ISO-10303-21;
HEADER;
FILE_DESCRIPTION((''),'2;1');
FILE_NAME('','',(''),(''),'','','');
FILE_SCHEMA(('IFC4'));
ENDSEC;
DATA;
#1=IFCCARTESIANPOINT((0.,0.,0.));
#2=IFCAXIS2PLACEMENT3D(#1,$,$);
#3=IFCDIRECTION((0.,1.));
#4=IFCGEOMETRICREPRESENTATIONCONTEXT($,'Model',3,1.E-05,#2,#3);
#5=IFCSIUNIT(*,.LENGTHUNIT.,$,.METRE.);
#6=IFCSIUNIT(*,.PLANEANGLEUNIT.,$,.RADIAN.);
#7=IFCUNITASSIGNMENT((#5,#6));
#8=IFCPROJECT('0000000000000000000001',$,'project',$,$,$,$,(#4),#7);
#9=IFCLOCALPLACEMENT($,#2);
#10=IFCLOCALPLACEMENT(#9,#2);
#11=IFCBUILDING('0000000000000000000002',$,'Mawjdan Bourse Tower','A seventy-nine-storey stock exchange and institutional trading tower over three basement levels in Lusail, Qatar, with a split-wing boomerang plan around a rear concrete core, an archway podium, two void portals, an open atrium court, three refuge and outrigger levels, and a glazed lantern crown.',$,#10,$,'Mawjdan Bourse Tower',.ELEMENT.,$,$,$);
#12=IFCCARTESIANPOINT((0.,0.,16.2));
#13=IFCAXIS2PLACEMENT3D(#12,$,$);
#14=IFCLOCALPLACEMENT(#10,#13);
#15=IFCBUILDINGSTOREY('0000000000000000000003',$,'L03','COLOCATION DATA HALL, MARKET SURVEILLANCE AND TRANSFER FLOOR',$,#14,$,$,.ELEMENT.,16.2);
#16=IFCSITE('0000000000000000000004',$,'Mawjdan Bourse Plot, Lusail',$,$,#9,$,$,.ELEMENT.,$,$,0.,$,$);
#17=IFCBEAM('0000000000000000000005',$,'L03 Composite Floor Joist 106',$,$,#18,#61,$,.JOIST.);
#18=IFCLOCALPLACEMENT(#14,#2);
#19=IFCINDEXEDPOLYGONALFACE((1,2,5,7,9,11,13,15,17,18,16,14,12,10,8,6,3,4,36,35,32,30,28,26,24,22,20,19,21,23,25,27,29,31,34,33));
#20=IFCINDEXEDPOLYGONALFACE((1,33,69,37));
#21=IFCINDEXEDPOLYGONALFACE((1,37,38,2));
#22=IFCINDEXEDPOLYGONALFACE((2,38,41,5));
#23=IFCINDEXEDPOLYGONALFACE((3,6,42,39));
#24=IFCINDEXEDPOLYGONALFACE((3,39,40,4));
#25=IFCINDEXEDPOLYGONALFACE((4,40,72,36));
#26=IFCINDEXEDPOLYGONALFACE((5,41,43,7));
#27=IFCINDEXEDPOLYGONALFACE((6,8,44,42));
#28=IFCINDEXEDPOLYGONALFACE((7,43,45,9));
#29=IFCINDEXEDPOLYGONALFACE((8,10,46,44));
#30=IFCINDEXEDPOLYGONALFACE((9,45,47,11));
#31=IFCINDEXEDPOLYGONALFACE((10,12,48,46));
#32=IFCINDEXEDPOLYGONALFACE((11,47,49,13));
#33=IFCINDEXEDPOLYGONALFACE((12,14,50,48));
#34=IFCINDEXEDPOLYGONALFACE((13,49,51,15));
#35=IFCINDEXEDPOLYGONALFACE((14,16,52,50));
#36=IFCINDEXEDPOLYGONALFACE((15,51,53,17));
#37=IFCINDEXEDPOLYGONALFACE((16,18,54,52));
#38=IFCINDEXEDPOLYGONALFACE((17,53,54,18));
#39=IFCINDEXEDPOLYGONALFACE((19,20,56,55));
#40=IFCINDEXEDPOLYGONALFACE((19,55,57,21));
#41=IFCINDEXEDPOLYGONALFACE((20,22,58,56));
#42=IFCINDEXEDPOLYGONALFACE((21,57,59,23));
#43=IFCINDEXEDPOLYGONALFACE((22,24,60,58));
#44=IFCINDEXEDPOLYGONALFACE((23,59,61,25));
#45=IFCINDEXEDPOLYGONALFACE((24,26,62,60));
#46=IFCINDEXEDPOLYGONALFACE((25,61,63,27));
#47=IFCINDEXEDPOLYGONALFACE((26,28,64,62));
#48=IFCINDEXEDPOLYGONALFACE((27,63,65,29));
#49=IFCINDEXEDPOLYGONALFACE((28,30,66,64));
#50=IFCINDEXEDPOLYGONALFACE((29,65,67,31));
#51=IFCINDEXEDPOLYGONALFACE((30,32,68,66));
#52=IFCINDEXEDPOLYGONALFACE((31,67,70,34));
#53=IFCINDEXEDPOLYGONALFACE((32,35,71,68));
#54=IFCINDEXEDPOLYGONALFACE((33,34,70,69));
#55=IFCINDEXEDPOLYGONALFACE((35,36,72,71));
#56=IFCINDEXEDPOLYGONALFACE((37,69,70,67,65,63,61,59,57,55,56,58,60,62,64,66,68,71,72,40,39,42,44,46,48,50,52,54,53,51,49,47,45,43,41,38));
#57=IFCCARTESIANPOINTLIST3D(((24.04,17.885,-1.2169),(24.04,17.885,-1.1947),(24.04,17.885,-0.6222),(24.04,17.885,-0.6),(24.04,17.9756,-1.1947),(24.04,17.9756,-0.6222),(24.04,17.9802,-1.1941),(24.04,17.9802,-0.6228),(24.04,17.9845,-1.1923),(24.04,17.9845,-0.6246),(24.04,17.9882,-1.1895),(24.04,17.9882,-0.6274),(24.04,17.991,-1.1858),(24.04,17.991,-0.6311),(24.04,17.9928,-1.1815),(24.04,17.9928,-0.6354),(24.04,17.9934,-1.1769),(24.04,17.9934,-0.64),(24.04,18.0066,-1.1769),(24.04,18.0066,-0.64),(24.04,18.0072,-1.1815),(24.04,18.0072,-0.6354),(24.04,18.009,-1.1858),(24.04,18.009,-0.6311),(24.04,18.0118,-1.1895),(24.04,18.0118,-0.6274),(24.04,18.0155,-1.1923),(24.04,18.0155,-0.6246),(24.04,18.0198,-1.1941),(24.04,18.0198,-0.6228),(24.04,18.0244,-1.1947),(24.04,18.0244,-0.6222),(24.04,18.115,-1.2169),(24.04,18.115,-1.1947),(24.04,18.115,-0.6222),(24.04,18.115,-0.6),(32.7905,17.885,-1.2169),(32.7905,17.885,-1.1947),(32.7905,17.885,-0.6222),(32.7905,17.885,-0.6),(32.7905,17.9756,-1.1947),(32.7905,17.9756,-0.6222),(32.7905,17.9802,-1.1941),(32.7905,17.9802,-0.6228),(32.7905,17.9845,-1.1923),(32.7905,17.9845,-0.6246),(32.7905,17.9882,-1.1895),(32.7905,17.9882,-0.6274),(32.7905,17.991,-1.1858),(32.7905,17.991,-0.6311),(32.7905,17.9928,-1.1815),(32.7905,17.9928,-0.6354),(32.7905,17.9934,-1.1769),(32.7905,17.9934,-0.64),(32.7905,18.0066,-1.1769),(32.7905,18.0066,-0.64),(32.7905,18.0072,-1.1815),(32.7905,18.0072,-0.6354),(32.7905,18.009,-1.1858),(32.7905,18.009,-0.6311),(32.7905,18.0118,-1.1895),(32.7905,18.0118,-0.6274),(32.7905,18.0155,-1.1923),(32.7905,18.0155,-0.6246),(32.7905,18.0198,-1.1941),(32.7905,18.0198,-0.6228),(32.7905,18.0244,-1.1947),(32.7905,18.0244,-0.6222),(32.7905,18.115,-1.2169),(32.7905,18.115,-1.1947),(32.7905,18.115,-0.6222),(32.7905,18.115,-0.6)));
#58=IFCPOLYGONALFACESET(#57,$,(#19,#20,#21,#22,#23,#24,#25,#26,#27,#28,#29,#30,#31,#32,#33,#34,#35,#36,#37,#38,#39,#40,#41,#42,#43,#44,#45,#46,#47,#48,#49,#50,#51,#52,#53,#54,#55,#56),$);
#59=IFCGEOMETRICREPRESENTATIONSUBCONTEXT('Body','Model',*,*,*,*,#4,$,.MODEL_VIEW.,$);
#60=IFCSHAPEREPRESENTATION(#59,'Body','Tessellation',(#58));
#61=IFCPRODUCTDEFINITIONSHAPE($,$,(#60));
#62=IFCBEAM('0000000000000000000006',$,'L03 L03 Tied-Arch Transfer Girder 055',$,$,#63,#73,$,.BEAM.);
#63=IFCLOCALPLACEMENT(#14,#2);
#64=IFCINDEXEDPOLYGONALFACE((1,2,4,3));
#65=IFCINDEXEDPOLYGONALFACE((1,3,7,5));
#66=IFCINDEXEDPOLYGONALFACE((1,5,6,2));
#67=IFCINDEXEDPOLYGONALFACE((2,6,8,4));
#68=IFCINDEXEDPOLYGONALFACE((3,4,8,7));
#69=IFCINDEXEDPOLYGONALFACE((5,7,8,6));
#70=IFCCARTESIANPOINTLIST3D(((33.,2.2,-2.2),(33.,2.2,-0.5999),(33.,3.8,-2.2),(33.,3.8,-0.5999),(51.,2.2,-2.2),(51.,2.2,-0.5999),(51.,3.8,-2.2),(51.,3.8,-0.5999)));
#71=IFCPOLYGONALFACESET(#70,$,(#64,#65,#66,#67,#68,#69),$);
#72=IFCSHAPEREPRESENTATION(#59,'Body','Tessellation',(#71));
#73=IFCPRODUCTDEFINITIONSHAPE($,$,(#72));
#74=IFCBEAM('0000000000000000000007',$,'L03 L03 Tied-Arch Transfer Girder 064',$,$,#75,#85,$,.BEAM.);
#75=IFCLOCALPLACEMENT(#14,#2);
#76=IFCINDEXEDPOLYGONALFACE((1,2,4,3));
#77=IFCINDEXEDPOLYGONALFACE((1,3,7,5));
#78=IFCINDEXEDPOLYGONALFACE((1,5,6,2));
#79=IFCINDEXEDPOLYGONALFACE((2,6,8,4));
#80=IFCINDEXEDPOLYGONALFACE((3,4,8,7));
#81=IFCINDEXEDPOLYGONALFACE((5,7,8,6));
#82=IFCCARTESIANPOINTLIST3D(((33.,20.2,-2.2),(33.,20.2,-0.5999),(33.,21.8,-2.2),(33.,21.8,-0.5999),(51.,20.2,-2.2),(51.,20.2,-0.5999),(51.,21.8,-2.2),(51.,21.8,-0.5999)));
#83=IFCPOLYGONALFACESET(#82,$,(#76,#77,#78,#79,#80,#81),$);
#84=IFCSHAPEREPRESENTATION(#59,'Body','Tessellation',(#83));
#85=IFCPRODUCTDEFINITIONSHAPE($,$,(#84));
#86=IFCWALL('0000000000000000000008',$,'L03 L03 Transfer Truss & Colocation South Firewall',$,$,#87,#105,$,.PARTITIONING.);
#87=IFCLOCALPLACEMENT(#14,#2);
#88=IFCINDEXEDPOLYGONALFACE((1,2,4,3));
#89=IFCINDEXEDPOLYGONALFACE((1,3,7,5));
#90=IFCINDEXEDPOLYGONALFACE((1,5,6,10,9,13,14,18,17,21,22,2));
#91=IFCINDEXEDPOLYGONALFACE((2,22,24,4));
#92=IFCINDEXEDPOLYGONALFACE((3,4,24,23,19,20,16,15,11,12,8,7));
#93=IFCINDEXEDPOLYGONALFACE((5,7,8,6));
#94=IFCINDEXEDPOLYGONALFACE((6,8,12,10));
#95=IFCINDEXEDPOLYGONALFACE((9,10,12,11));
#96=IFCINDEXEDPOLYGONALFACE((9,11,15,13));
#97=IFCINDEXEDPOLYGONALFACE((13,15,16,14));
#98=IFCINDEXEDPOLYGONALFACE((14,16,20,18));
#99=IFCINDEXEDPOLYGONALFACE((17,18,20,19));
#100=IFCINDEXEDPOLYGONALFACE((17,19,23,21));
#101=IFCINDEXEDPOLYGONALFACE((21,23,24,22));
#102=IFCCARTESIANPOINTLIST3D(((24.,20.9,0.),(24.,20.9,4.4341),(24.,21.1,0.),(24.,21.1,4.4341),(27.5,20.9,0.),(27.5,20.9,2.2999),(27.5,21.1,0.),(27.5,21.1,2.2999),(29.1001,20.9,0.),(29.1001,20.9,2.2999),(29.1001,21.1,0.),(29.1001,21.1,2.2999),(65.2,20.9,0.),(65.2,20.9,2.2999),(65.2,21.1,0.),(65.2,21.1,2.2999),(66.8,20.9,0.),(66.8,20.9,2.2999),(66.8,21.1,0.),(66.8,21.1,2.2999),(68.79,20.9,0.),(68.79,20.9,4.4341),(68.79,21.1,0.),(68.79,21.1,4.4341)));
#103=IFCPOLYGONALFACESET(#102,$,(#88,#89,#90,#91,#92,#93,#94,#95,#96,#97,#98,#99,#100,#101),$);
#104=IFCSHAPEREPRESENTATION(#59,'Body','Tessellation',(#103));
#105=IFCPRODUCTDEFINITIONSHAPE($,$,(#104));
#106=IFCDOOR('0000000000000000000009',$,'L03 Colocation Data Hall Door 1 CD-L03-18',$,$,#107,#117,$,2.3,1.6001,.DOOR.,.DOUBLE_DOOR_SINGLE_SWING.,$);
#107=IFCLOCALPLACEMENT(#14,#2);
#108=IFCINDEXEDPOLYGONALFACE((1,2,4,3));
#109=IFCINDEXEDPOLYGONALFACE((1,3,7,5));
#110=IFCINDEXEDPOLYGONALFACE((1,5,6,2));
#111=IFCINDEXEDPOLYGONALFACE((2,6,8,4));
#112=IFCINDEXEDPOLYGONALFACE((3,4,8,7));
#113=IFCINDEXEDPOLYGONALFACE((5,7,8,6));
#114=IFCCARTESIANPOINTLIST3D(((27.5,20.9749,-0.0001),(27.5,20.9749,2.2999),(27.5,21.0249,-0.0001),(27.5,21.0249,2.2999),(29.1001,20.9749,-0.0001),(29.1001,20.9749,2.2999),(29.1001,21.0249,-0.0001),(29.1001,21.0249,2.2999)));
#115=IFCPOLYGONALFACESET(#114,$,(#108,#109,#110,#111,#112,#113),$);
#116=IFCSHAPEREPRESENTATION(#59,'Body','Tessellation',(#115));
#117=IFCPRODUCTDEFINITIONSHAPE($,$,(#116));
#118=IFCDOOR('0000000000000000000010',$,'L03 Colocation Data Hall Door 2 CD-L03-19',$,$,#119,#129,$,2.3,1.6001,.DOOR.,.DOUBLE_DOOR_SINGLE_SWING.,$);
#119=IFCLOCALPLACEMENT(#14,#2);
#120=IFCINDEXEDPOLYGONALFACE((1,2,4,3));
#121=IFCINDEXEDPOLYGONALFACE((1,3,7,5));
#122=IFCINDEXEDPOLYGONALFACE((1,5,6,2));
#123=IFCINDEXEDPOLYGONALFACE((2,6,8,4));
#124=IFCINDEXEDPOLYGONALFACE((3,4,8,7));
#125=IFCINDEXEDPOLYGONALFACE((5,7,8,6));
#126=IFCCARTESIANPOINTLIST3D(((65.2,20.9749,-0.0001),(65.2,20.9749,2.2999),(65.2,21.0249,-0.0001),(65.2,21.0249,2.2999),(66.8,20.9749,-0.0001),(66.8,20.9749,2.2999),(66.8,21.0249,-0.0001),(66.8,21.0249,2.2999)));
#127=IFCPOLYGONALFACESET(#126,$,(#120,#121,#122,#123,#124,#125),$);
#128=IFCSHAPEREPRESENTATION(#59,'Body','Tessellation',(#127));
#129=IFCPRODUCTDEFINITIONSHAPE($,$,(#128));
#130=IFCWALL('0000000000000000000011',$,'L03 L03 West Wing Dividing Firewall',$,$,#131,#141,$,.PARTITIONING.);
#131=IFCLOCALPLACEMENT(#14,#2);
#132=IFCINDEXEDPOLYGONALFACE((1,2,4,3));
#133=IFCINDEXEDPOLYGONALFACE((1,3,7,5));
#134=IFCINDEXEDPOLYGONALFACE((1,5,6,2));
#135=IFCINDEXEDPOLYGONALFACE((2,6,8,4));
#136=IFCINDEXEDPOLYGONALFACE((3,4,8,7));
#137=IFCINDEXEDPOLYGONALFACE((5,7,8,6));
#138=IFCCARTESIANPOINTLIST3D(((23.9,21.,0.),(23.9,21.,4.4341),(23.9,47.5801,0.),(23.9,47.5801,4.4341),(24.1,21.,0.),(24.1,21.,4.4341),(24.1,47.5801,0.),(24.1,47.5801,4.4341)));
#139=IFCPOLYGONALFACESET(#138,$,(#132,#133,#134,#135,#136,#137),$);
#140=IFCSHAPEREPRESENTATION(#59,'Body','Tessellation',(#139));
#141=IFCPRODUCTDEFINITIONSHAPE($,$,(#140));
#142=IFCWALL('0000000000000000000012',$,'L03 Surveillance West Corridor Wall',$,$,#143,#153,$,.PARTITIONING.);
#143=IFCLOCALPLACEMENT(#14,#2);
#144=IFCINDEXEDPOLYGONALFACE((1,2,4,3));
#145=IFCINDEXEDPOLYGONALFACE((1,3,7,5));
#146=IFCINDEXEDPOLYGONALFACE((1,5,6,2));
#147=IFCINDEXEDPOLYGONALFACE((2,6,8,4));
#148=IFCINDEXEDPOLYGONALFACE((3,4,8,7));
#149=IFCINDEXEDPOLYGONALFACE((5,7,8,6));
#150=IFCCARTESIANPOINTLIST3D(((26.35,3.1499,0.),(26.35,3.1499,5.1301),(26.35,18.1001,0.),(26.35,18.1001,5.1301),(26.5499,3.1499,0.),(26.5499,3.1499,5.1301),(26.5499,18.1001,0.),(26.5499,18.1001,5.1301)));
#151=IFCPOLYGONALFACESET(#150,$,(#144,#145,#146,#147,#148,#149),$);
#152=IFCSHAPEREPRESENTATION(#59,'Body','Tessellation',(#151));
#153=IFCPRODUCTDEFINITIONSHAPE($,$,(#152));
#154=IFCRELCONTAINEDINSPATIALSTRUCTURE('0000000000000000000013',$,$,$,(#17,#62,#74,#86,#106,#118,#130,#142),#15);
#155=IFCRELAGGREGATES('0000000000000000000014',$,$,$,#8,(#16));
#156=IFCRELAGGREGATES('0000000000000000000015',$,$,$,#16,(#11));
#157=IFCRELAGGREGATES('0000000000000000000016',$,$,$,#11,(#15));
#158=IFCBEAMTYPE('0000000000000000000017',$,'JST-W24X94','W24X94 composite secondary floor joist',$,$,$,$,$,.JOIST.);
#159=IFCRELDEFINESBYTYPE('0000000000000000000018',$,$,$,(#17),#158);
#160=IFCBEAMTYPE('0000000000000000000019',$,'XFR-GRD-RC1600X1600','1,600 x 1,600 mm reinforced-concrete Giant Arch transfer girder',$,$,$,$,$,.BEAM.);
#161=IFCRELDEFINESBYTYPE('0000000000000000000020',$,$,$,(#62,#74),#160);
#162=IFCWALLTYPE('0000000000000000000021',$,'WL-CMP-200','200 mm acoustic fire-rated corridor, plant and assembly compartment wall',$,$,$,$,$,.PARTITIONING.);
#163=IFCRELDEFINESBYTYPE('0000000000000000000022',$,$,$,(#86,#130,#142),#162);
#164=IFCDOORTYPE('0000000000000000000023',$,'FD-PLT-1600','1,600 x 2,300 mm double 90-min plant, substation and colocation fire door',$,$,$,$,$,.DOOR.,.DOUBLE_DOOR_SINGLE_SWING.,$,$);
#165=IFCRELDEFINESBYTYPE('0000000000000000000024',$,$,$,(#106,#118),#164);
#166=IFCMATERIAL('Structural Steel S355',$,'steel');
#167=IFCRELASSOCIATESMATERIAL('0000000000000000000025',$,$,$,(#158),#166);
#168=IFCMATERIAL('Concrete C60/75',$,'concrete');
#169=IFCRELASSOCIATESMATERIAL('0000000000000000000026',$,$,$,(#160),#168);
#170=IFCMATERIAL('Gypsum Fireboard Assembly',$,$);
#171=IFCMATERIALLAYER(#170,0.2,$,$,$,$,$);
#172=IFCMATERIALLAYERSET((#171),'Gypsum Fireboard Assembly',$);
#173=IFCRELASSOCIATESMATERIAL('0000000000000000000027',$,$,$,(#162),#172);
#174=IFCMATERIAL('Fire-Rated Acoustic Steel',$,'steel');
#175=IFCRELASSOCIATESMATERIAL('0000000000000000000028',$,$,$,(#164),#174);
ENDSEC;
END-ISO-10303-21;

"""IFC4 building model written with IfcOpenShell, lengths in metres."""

from ifc_helpers import new_model, si_unit, direction, frame, frame_2d, origin, origin_2d, place, context, subcontext, project, spatial, rectangle, i_section, extrude, material, layer, layer_set, material_profile, profile_set, type_object, element, fill, save


model = new_model("IFC4")

# Units and contexts
model_context = context("Model", 3, precision=1e-05, world=origin(), true_north=direction((0.0, 1.0)))
body_context = subcontext(model_context, "Body", "Model", "MODEL_VIEW")
ifc_project = project(units=[si_unit("LENGTHUNIT", "METRE"), si_unit("PLANEANGLEUNIT", "RADIAN")], contexts=[model_context])

# Site, building, storey
site_placement = place(None, origin())
site = spatial("IfcSite", under=ifc_project, at=site_placement, Name="Mawjdan Bourse Plot, Lusail", CompositionType="ELEMENT", RefElevation=0.0)
building_placement = place(site_placement, origin())
building = spatial("IfcBuilding", under=site, at=building_placement, Name="Mawjdan Bourse Tower", Description="A seventy-nine-storey stock exchange and institutional trading tower over three basement levels in Lusail, Qatar, with a split-wing boomerang plan around a rear concrete core, an archway podium, two void portals, an open atrium court, three refuge and outrigger levels, and a glazed lantern crown.", LongName="Mawjdan Bourse Tower", CompositionType="ELEMENT")
storey_placement = place(building_placement, frame((0.0, 0.0, 16.2)))
storey = spatial("IfcBuildingStorey", under=building, at=storey_placement, Name="L03", Description="COLOCATION DATA HALL, MARKET SURVEILLANCE AND TRANSFER FLOOR", CompositionType="ELEMENT", Elevation=16.2)

# Beams
ifc_material_1 = material(Name="Structural Steel S355", Category="steel")
ifc_material_profile_1 = material_profile(ifc_material_1, i_section(OverallWidth=0.23, OverallDepth=0.6169, WebThickness=0.0132, FlangeThickness=0.0222, FilletRadius=0.0178, at=origin_2d()), Name="W24X94")
ifc_profile_set_1 = profile_set([ifc_material_profile_1], Name="Structural Steel S355")
beam_type_1 = type_object("IfcBeamType", Name="JST-W24X94", Description="W24X94 composite secondary floor joist", PredefinedType="JOIST", material=ifc_profile_set_1)
for number, where, z_axis, x_axis, name in (
    (1, (24.04, 18.0, -0.9084), (1.0, 0.0, 0.0), (0.0, 1.0, 0.0), "L03 Composite Floor Joist 106"),
):
    element("IfcBeam", number, at=place(storey_placement, frame(where, z_axis=z_axis, x_axis=x_axis)), inside=storey, type_object=beam_type_1, Name=name, PredefinedType="JOIST", context=body_context, shape_type="SweptSolid", body=[
        extrude(i_section(OverallWidth=0.23, OverallDepth=0.6169, WebThickness=0.0132, FlangeThickness=0.0222, FilletRadius=0.0178, at=origin_2d()), origin(), (0.0, 0.0, 1.0), 8.7505),
    ])
ifc_material_2 = material(Name="Concrete C60/75", Category="concrete")
ifc_material_profile_2 = material_profile(ifc_material_2, rectangle(XDim=1.6001, YDim=1.6001, at=origin_2d()), Name="RC1600X1600")
ifc_profile_set_2 = profile_set([ifc_material_profile_2], Name="Concrete C60/75")
beam_type_2 = type_object("IfcBeamType", Name="XFR-GRD-RC1600X1600", Description="1,600 x 1,600 mm reinforced-concrete Giant Arch transfer girder", PredefinedType="BEAM", material=ifc_profile_set_2)
for number, where, z_axis, x_axis, name in (
    (2, (33.0, 3.0, -1.3999), (1.0, 0.0, 0.0), (0.0, 1.0, 0.0), "L03 L03 Tied-Arch Transfer Girder 055"),
    (3, (33.0, 21.0, -1.3999), (1.0, 0.0, 0.0), (0.0, 1.0, 0.0), "L03 L03 Tied-Arch Transfer Girder 064"),
):
    element("IfcBeam", number, at=place(storey_placement, frame(where, z_axis=z_axis, x_axis=x_axis)), inside=storey, type_object=beam_type_2, Name=name, PredefinedType="BEAM", context=body_context, shape_type="SweptSolid", body=[
        extrude(rectangle(XDim=1.6001, YDim=1.6001, at=origin_2d()), origin(), (0.0, 0.0, 1.0), 18.0),
    ])

# Wall, openings, doors
ifc_material_3 = material(Name="Gypsum Fireboard Assembly")
ifc_layer = layer(ifc_material_3, 0.2)
ifc_layer_set = layer_set([ifc_layer], Name="Gypsum Fireboard Assembly")
wall_type = type_object("IfcWallType", Name="WL-CMP-200", Description="200 mm acoustic fire-rated corridor, plant and assembly compartment wall", PredefinedType="PARTITIONING", material=ifc_layer_set)
wall_1_placement = place(storey_placement, frame((24.0, 21.0, 0.0), z_axis=(0.0, 0.0, 1.0), x_axis=(1.0, 0.0, 0.0)))
wall_1 = element("IfcWall", 4, at=wall_1_placement, inside=storey, type_object=wall_type, Name="L03 L03 Transfer Truss & Colocation South Firewall", PredefinedType="PARTITIONING", context=body_context, shape_type="SweptSolid", body=[
    extrude(rectangle(XDim=44.79, YDim=0.2, at=frame_2d((22.395, 0.0))), origin(), (0.0, 0.0, 1.0), 4.4341),
])
opening_1_placement = place(wall_1_placement, frame((3.5, 0.0, 0.0)))
opening_1 = element("IfcOpeningElement", 5, at=opening_1_placement, cuts=wall_1, PredefinedType="OPENING", context=body_context, shape_type="SweptSolid", body=[
    extrude(rectangle(XDim=1.6001, YDim=2.3, at=frame_2d((0.8, 1.1499))), frame((0.0, 0.1099, 0.0), z_axis=(0.0, -1.0, 0.0), x_axis=(1.0, 0.0, 0.0)), (0.0, 0.0, 1.0), 0.22),
])
opening_2_placement = place(wall_1_placement, frame((41.2, 0.0, 0.0)))
opening_2 = element("IfcOpeningElement", 6, at=opening_2_placement, cuts=wall_1, PredefinedType="OPENING", context=body_context, shape_type="SweptSolid", body=[
    extrude(rectangle(XDim=1.6001, YDim=2.3, at=frame_2d((0.8, 1.1499))), frame((0.0, 0.1099, 0.0), z_axis=(0.0, -1.0, 0.0), x_axis=(1.0, 0.0, 0.0)), (0.0, 0.0, 1.0), 0.22),
])
ifc_material_4 = material(Name="Fire-Rated Acoustic Steel", Category="steel")
door_type_1 = type_object("IfcDoorType", Name="FD-PLT-1600", Description="1,600 x 2,300 mm double 90-min plant, substation and colocation fire door", OperationType="DOUBLE_DOOR_SINGLE_SWING", PredefinedType="DOOR", material=ifc_material_4)
door_1_placement = place(opening_1_placement, origin())
door_1 = element("IfcDoor", 7, at=door_1_placement, inside=storey, type_object=door_type_1, Name="L03 Colocation Data Hall Door 1 CD-L03-18", OperationType="DOUBLE_DOOR_SINGLE_SWING", OverallHeight=2.3, OverallWidth=1.6001, PredefinedType="DOOR", context=body_context, shape_type="SweptSolid", body=[
    extrude(rectangle(XDim=1.6001, YDim=2.3, at=frame_2d((0.8, 1.1499))), frame((0.0, 0.0249, 0.0), z_axis=(0.0, -1.0, 0.0), x_axis=(1.0, 0.0, 0.0)), (0.0, 0.0, 1.0), 0.05),
])
fill(opening_1, door_1)
door_2_placement = place(opening_2_placement, origin())
door_2 = element("IfcDoor", 8, at=door_2_placement, inside=storey, type_object=door_type_1, Name="L03 Colocation Data Hall Door 2 CD-L03-19", OperationType="DOUBLE_DOOR_SINGLE_SWING", OverallHeight=2.3, OverallWidth=1.6001, PredefinedType="DOOR", context=body_context, shape_type="SweptSolid", body=[
    extrude(rectangle(XDim=1.6001, YDim=2.3, at=frame_2d((0.8, 1.1499))), frame((0.0, 0.0249, 0.0), z_axis=(0.0, -1.0, 0.0), x_axis=(1.0, 0.0, 0.0)), (0.0, 0.0, 1.0), 0.05),
])
fill(opening_2, door_2)

# Walls
wall_2_placement = place(storey_placement, frame((24.0, 21.0, 0.0), z_axis=(0.0, 0.0, 1.0), x_axis=(0.0, 1.0, 0.0)))
element("IfcWall", 9, at=wall_2_placement, inside=storey, type_object=wall_type, Name="L03 L03 West Wing Dividing Firewall", PredefinedType="PARTITIONING", context=body_context, shape_type="SweptSolid", body=[
    extrude(rectangle(XDim=26.5801, YDim=0.2, at=frame_2d((13.29, 0.0))), origin(), (0.0, 0.0, 1.0), 4.4341),
])
wall_3_placement = place(storey_placement, frame((26.45, 3.1499, 0.0), z_axis=(0.0, 0.0, 1.0), x_axis=(0.0, 1.0, 0.0)))
element("IfcWall", 10, at=wall_3_placement, inside=storey, type_object=wall_type, Name="L03 Surveillance West Corridor Wall", PredefinedType="PARTITIONING", context=body_context, shape_type="SweptSolid", body=[
    extrude(rectangle(XDim=14.9502, YDim=0.2, at=frame_2d((7.4751, 0.0))), origin(), (0.0, 0.0, 1.0), 5.1301),
])

save(model, "model.ifc")
